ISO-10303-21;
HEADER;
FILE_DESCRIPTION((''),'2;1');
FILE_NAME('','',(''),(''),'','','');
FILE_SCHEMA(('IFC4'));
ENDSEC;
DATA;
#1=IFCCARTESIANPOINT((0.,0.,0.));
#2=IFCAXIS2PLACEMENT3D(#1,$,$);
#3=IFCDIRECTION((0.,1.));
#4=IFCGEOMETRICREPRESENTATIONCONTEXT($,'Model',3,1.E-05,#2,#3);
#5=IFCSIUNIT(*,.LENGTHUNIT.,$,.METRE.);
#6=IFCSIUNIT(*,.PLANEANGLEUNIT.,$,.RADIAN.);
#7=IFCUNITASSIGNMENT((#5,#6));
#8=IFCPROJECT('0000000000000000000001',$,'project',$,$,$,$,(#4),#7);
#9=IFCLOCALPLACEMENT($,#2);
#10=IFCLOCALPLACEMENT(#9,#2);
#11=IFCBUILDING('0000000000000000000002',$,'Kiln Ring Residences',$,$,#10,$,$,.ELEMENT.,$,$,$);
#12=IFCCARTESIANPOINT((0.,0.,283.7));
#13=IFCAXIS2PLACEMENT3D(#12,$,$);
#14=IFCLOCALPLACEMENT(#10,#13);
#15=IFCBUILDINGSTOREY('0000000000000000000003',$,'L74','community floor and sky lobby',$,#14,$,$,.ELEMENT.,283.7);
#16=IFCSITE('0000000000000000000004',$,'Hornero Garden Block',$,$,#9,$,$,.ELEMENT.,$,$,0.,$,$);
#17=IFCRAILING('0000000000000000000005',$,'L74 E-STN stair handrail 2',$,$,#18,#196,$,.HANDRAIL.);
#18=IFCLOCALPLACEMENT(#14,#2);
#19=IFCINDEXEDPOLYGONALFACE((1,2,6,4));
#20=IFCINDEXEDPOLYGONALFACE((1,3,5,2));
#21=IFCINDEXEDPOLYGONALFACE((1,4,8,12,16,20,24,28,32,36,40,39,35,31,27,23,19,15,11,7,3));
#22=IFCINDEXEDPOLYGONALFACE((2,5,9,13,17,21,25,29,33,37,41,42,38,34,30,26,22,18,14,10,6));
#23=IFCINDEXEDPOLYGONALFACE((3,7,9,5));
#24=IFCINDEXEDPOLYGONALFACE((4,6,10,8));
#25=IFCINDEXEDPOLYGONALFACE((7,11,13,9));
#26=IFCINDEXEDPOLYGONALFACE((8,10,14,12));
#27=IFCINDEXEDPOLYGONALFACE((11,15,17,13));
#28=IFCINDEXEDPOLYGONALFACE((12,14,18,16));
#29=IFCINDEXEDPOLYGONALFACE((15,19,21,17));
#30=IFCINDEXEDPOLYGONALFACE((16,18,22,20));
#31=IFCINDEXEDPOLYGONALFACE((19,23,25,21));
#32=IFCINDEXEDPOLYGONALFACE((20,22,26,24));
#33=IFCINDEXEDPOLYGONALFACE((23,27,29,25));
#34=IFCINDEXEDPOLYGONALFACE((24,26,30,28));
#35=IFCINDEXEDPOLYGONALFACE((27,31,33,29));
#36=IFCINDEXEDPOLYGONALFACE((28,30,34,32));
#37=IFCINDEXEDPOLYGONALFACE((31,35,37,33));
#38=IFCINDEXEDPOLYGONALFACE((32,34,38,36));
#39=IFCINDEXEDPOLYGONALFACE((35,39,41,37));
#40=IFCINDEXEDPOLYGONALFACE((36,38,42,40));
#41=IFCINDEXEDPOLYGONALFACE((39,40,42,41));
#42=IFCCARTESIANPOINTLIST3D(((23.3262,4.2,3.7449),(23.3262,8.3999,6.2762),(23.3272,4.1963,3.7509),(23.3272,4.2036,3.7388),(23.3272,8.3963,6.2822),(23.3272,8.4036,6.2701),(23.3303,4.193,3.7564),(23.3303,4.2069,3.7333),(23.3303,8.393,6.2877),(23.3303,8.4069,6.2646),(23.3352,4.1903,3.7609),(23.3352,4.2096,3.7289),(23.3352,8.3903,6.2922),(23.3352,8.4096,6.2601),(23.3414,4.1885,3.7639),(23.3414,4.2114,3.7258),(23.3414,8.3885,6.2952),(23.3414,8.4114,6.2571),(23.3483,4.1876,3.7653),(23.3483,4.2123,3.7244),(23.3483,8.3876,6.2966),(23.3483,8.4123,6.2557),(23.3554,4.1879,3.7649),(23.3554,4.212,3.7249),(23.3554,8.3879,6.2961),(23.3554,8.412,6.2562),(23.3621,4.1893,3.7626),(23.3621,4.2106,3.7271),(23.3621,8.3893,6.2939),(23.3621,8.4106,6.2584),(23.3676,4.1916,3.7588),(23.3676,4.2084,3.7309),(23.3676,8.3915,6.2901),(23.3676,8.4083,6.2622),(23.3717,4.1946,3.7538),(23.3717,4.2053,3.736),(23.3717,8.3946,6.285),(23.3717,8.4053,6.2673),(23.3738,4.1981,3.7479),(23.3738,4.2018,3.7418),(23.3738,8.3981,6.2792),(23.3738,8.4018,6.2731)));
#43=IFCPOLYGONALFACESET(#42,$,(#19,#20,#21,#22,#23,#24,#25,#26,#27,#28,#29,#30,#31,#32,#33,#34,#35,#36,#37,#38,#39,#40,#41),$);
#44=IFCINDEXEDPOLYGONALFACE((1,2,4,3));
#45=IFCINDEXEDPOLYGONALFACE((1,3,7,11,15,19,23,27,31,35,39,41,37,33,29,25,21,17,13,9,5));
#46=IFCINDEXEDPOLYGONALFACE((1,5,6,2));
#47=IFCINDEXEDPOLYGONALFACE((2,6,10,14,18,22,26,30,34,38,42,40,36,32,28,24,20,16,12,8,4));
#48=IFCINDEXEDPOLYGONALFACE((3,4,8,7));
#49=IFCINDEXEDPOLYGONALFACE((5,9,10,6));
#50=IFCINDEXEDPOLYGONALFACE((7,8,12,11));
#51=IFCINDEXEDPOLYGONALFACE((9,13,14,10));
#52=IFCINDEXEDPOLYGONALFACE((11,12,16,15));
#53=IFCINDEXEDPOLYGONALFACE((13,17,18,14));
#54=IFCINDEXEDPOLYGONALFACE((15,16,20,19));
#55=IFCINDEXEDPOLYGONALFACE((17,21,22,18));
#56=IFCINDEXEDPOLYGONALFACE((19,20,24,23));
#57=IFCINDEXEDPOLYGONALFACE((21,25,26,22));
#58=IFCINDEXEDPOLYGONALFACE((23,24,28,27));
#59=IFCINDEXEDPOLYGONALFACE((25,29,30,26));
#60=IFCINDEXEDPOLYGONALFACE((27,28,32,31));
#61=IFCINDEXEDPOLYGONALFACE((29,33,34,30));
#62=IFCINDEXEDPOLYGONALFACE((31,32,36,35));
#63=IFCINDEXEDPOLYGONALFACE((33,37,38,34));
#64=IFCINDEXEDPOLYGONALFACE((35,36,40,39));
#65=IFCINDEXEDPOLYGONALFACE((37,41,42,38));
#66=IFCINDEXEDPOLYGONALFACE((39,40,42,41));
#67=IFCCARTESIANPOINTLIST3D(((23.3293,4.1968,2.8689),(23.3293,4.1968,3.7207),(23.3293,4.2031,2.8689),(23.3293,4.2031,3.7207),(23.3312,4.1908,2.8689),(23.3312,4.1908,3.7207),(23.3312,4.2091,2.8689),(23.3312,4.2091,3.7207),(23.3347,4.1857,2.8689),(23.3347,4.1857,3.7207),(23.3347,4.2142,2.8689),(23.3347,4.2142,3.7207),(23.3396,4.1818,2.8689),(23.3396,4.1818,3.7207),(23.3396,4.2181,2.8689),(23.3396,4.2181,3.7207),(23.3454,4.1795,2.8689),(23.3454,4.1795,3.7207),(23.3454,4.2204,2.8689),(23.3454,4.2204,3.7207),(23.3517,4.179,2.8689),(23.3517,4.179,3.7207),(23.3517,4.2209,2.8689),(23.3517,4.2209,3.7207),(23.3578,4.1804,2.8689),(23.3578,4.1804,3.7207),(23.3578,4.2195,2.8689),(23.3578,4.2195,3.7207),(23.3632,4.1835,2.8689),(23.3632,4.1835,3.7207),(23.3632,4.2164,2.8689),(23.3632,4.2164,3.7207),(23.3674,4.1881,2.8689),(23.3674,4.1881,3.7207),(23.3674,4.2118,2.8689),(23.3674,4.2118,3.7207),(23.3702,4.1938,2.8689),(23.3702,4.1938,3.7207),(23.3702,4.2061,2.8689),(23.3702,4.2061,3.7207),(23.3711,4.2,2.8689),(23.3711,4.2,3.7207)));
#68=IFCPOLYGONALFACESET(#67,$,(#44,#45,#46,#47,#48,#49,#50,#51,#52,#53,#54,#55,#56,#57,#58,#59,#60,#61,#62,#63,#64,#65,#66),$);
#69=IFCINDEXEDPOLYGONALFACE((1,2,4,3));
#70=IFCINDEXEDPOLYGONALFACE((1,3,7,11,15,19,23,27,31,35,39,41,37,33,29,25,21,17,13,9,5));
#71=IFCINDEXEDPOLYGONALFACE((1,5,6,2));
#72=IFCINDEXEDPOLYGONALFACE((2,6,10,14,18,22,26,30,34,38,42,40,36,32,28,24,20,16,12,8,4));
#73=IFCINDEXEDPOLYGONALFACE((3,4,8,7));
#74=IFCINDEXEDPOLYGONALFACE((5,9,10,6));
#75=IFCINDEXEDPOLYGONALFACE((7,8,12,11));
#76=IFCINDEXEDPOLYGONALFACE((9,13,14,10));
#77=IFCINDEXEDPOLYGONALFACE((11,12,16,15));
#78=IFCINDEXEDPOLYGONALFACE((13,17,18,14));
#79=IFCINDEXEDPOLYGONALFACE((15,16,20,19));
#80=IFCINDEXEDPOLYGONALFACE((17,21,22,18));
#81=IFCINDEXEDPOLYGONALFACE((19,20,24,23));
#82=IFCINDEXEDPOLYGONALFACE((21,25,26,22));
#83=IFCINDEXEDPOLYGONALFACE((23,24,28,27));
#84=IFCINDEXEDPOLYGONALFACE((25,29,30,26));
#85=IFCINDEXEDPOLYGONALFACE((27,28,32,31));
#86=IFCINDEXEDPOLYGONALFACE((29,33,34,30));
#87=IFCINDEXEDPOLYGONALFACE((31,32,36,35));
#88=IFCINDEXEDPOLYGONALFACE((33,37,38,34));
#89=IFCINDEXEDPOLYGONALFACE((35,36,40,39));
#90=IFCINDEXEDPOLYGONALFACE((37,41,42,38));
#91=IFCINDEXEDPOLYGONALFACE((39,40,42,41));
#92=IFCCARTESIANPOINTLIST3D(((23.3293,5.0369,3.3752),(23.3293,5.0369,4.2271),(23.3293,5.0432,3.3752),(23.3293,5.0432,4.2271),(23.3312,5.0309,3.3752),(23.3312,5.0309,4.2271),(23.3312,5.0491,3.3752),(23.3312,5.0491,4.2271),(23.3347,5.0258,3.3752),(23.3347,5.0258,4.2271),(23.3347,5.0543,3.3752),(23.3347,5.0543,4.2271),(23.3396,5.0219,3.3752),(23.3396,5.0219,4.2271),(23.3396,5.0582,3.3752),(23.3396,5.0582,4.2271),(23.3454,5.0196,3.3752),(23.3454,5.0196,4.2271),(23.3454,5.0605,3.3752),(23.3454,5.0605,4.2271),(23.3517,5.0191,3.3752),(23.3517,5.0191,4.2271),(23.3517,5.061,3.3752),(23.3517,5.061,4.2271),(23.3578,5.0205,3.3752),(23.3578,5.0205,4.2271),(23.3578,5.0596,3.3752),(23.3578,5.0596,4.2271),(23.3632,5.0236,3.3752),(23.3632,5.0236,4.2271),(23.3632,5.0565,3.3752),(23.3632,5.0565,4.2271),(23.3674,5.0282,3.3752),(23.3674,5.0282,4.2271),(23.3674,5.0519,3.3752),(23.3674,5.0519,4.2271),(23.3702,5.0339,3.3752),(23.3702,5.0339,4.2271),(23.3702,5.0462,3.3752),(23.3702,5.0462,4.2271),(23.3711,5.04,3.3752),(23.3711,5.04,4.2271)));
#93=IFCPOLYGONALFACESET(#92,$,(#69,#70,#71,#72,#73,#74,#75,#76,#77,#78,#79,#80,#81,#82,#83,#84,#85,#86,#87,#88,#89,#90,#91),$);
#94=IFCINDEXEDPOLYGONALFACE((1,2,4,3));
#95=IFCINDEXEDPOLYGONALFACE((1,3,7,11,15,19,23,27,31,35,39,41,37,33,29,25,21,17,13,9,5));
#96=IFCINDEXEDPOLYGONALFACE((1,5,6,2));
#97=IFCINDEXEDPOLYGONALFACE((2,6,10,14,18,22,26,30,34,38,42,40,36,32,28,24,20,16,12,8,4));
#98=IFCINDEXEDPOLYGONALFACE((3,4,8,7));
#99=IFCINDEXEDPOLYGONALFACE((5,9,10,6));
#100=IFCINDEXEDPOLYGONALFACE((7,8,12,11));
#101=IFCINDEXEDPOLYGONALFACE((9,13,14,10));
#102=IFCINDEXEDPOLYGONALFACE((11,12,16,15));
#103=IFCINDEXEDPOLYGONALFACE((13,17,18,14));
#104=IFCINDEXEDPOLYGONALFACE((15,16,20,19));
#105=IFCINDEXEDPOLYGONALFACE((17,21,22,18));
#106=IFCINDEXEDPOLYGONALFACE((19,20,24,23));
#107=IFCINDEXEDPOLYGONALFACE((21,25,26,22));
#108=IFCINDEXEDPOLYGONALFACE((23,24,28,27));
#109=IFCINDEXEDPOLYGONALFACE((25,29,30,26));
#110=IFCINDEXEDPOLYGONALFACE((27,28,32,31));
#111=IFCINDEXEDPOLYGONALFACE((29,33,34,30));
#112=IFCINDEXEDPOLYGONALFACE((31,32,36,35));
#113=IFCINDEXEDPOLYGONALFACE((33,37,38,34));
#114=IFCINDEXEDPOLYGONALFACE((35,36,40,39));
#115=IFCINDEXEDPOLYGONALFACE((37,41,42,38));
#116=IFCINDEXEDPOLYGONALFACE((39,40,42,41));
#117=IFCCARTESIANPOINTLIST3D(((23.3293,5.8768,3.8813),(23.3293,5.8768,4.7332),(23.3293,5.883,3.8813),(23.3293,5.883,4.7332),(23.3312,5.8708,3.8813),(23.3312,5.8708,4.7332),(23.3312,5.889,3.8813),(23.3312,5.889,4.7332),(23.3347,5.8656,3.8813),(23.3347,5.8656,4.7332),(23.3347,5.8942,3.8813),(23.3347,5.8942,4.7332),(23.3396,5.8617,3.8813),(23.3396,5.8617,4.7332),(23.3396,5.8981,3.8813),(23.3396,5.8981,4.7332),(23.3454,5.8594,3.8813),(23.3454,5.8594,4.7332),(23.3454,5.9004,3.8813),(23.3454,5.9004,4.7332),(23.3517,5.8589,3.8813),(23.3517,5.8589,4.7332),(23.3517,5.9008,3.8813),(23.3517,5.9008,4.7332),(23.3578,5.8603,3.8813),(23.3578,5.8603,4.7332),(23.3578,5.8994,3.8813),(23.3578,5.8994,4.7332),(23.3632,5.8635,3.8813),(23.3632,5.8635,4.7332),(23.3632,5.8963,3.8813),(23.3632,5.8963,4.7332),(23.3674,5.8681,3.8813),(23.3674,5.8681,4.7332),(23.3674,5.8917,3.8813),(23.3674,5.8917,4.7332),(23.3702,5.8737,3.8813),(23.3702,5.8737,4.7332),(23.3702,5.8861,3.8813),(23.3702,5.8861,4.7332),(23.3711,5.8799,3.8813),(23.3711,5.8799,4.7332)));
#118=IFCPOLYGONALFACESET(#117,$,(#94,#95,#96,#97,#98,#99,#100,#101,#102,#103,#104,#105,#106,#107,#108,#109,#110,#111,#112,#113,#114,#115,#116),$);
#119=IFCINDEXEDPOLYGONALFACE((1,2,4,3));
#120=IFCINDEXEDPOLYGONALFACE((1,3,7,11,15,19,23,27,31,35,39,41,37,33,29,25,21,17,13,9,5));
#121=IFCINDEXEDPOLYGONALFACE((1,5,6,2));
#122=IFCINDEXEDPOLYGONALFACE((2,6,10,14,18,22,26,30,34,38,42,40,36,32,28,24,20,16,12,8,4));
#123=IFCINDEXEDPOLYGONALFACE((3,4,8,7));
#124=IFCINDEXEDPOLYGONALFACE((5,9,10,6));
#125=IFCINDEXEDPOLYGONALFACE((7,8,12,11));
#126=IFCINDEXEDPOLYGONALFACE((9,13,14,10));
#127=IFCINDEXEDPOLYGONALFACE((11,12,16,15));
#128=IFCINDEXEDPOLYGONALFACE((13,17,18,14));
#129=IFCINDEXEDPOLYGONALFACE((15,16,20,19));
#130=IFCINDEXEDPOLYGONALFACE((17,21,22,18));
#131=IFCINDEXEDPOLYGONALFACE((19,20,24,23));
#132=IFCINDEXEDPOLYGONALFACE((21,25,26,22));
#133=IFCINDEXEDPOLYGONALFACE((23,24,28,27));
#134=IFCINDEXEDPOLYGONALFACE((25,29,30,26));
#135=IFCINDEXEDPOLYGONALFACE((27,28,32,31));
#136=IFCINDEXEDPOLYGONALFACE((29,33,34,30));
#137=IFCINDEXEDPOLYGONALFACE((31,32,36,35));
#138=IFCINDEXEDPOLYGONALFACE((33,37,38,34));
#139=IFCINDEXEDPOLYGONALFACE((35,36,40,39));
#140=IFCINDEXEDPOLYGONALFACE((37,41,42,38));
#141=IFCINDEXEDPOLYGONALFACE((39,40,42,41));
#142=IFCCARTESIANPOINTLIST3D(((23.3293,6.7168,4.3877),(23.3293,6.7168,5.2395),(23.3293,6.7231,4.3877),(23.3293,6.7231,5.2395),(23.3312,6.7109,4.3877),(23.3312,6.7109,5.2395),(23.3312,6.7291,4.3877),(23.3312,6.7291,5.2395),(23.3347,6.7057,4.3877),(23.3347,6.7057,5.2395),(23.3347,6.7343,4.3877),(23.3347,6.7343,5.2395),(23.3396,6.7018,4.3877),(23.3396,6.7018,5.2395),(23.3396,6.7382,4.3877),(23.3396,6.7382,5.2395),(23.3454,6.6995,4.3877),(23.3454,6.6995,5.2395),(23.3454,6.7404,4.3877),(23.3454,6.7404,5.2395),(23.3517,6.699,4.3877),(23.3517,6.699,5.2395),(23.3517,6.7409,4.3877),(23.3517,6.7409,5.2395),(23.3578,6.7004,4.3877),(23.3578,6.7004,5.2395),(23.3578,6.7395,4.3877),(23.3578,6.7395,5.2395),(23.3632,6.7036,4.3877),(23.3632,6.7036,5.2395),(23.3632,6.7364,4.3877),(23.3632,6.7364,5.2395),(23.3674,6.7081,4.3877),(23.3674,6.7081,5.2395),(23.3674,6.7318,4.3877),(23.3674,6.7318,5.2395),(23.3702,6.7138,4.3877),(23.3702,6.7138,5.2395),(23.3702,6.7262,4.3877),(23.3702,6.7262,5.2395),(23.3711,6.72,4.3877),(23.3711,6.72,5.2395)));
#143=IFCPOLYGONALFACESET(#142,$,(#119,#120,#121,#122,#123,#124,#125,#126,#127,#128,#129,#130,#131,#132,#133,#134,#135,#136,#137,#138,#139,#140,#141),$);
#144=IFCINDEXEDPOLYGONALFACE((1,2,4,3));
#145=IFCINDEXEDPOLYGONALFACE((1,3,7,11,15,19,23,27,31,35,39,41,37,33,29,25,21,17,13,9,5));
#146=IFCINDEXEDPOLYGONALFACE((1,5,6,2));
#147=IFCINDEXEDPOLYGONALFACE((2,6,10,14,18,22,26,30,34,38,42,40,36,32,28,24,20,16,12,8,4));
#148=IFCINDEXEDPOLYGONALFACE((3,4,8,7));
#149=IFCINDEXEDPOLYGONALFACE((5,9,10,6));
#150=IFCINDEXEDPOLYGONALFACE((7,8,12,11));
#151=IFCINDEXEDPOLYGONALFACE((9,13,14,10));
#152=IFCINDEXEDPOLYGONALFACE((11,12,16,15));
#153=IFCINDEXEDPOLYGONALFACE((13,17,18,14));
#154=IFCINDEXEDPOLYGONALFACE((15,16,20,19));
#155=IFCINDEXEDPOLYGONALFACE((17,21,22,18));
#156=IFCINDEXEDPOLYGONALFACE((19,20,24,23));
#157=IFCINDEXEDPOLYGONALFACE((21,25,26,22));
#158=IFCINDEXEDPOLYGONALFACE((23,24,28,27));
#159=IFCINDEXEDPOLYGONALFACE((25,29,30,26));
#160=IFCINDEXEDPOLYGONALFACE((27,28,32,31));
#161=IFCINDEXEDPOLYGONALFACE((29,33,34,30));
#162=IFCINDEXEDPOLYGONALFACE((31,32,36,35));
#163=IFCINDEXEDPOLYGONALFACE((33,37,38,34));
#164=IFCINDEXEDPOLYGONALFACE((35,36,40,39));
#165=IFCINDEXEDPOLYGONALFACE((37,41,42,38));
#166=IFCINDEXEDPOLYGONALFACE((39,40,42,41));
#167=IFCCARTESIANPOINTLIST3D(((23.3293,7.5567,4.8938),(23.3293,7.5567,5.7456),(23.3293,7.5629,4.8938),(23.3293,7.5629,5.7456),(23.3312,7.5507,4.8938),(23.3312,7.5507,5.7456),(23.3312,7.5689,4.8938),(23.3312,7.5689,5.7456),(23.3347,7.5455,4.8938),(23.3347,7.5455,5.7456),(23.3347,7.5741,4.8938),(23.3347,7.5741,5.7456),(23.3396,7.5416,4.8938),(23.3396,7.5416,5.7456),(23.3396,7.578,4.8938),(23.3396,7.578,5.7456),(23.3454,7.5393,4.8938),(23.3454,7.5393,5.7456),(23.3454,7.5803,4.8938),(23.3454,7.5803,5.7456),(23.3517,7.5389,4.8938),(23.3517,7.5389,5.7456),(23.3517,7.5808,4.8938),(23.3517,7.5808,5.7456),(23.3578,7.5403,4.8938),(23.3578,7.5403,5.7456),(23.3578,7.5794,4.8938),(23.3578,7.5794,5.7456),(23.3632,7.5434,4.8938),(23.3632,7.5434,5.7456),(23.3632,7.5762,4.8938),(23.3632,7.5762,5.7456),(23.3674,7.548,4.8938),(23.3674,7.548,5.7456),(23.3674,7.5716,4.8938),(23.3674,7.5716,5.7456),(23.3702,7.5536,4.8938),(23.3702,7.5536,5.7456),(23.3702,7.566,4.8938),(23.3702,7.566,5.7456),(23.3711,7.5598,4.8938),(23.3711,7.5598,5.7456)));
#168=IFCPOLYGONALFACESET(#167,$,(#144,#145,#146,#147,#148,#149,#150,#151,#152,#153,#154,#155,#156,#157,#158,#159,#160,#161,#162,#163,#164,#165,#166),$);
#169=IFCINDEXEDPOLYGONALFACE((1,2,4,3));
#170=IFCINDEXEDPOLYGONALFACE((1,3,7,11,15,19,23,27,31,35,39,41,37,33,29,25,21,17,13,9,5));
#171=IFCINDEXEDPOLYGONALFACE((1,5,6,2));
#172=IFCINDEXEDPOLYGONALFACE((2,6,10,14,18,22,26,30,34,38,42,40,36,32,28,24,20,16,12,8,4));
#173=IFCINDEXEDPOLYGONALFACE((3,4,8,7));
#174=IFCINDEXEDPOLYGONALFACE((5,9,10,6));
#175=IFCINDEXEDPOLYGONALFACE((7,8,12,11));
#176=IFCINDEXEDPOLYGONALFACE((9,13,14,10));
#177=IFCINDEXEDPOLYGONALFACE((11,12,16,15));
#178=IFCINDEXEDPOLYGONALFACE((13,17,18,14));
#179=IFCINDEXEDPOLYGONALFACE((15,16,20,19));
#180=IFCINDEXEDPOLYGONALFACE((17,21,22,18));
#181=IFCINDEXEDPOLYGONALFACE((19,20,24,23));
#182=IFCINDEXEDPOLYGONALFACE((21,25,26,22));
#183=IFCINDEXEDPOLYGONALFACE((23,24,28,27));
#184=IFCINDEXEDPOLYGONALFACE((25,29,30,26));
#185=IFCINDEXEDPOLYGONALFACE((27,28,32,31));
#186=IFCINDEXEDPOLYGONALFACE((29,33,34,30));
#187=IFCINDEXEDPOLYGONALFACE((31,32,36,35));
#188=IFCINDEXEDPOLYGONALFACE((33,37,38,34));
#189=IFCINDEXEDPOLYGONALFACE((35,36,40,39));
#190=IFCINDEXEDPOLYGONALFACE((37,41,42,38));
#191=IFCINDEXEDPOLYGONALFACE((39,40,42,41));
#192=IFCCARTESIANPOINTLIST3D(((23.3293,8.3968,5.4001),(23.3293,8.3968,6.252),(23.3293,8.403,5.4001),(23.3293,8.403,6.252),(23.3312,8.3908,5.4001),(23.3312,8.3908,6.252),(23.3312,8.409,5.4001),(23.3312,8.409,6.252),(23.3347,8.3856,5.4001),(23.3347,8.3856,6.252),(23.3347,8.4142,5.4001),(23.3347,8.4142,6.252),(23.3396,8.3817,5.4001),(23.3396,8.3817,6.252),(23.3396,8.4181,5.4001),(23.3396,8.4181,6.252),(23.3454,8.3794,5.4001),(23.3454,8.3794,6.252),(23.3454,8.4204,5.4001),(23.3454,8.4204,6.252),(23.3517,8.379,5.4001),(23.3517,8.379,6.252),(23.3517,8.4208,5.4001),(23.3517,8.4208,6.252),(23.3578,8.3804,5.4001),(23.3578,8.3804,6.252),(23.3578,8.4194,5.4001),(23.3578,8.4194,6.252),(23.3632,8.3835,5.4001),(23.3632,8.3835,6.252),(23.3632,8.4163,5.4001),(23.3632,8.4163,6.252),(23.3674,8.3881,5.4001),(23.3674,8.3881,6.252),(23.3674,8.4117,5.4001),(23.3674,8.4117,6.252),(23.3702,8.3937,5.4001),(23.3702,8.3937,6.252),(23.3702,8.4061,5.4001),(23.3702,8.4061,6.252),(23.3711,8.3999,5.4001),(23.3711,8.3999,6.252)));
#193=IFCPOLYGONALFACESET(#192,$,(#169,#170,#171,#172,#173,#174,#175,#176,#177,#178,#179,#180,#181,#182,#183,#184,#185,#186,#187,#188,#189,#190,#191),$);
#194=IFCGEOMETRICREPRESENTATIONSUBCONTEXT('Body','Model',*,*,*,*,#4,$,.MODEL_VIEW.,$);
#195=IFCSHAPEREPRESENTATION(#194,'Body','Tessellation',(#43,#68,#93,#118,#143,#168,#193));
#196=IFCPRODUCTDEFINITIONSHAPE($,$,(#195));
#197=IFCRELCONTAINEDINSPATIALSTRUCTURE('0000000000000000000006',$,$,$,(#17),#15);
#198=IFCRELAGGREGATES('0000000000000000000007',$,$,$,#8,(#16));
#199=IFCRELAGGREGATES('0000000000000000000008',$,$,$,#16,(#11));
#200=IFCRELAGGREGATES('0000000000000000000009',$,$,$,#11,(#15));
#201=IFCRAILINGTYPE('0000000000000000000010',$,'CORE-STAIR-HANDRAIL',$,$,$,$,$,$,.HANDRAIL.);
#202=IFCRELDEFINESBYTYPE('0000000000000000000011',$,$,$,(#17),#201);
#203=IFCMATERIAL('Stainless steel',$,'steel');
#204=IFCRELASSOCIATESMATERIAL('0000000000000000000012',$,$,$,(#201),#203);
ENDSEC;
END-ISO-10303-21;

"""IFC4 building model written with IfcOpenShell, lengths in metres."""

from ifc_helpers import new_model, si_unit, direction, frame, origin, origin_2d, place, context, subcontext, project, spatial, circle, extrude, material, type_object, element, save


model = new_model("IFC4")

# Units and contexts
model_context = context("Model", 3, precision=1e-05, world=origin(), true_north=direction((0.0, 1.0)))
body_context = subcontext(model_context, "Body", "Model", "MODEL_VIEW")
ifc_project = project(units=[si_unit("LENGTHUNIT", "METRE"), si_unit("PLANEANGLEUNIT", "RADIAN")], contexts=[model_context])

# Site, building, storey
site_placement = place(None, origin())
site = spatial("IfcSite", under=ifc_project, at=site_placement, Name="Hornero Garden Block", CompositionType="ELEMENT", RefElevation=0.0)
building_placement = place(site_placement, origin())
building = spatial("IfcBuilding", under=site, at=building_placement, Name="Kiln Ring Residences", CompositionType="ELEMENT")
storey_placement = place(building_placement, frame((0.0, 0.0, 283.7)))
storey = spatial("IfcBuildingStorey", under=building, at=storey_placement, Name="L74", Description="community floor and sky lobby", CompositionType="ELEMENT", Elevation=283.7)

# Railing
ifc_material_1 = material(Name="Stainless steel", Category="steel")
railing_type_1 = type_object("IfcRailingType", Name="CORE-STAIR-HANDRAIL", PredefinedType="HANDRAIL", material=ifc_material_1)
railing_1_placement = place(storey_placement, frame((23.3501, 4.2, 2.8689)))
element("IfcRailing", 1, at=railing_1_placement, inside=storey, type_object=railing_type_1, Name="L74 E-STN stair handrail 2", PredefinedType="HANDRAIL", context=body_context, shape_type="SweptSolid", body=[
    extrude(circle(Radius=0.0239, at=origin_2d()), frame((0.0, 0.0, 0.876), z_axis=(0.0, 0.856476, 0.516186), x_axis=(-1.0, 0.0, 0.0)), (0.0, 0.0, 1.0), 4.9038),
    extrude(circle(Radius=0.021, at=origin_2d()), origin(), (0.0, 0.0, 1.0), 0.8518),
    extrude(circle(Radius=0.021, at=origin_2d()), frame((0.0, 0.8401, 0.5063)), (0.0, 0.0, 1.0), 0.8518),
    extrude(circle(Radius=0.021, at=origin_2d()), frame((0.0, 1.6799, 1.0125)), (0.0, 0.0, 1.0), 0.8518),
    extrude(circle(Radius=0.021, at=origin_2d()), frame((0.0, 2.52, 1.5188)), (0.0, 0.0, 1.0), 0.8518),
    extrude(circle(Radius=0.021, at=origin_2d()), frame((0.0, 3.3599, 2.0249)), (0.0, 0.0, 1.0), 0.8518),
    extrude(circle(Radius=0.021, at=origin_2d()), frame((0.0, 4.2, 2.5312)), (0.0, 0.0, 1.0), 0.8518),
])

save(model, "model.ifc")
